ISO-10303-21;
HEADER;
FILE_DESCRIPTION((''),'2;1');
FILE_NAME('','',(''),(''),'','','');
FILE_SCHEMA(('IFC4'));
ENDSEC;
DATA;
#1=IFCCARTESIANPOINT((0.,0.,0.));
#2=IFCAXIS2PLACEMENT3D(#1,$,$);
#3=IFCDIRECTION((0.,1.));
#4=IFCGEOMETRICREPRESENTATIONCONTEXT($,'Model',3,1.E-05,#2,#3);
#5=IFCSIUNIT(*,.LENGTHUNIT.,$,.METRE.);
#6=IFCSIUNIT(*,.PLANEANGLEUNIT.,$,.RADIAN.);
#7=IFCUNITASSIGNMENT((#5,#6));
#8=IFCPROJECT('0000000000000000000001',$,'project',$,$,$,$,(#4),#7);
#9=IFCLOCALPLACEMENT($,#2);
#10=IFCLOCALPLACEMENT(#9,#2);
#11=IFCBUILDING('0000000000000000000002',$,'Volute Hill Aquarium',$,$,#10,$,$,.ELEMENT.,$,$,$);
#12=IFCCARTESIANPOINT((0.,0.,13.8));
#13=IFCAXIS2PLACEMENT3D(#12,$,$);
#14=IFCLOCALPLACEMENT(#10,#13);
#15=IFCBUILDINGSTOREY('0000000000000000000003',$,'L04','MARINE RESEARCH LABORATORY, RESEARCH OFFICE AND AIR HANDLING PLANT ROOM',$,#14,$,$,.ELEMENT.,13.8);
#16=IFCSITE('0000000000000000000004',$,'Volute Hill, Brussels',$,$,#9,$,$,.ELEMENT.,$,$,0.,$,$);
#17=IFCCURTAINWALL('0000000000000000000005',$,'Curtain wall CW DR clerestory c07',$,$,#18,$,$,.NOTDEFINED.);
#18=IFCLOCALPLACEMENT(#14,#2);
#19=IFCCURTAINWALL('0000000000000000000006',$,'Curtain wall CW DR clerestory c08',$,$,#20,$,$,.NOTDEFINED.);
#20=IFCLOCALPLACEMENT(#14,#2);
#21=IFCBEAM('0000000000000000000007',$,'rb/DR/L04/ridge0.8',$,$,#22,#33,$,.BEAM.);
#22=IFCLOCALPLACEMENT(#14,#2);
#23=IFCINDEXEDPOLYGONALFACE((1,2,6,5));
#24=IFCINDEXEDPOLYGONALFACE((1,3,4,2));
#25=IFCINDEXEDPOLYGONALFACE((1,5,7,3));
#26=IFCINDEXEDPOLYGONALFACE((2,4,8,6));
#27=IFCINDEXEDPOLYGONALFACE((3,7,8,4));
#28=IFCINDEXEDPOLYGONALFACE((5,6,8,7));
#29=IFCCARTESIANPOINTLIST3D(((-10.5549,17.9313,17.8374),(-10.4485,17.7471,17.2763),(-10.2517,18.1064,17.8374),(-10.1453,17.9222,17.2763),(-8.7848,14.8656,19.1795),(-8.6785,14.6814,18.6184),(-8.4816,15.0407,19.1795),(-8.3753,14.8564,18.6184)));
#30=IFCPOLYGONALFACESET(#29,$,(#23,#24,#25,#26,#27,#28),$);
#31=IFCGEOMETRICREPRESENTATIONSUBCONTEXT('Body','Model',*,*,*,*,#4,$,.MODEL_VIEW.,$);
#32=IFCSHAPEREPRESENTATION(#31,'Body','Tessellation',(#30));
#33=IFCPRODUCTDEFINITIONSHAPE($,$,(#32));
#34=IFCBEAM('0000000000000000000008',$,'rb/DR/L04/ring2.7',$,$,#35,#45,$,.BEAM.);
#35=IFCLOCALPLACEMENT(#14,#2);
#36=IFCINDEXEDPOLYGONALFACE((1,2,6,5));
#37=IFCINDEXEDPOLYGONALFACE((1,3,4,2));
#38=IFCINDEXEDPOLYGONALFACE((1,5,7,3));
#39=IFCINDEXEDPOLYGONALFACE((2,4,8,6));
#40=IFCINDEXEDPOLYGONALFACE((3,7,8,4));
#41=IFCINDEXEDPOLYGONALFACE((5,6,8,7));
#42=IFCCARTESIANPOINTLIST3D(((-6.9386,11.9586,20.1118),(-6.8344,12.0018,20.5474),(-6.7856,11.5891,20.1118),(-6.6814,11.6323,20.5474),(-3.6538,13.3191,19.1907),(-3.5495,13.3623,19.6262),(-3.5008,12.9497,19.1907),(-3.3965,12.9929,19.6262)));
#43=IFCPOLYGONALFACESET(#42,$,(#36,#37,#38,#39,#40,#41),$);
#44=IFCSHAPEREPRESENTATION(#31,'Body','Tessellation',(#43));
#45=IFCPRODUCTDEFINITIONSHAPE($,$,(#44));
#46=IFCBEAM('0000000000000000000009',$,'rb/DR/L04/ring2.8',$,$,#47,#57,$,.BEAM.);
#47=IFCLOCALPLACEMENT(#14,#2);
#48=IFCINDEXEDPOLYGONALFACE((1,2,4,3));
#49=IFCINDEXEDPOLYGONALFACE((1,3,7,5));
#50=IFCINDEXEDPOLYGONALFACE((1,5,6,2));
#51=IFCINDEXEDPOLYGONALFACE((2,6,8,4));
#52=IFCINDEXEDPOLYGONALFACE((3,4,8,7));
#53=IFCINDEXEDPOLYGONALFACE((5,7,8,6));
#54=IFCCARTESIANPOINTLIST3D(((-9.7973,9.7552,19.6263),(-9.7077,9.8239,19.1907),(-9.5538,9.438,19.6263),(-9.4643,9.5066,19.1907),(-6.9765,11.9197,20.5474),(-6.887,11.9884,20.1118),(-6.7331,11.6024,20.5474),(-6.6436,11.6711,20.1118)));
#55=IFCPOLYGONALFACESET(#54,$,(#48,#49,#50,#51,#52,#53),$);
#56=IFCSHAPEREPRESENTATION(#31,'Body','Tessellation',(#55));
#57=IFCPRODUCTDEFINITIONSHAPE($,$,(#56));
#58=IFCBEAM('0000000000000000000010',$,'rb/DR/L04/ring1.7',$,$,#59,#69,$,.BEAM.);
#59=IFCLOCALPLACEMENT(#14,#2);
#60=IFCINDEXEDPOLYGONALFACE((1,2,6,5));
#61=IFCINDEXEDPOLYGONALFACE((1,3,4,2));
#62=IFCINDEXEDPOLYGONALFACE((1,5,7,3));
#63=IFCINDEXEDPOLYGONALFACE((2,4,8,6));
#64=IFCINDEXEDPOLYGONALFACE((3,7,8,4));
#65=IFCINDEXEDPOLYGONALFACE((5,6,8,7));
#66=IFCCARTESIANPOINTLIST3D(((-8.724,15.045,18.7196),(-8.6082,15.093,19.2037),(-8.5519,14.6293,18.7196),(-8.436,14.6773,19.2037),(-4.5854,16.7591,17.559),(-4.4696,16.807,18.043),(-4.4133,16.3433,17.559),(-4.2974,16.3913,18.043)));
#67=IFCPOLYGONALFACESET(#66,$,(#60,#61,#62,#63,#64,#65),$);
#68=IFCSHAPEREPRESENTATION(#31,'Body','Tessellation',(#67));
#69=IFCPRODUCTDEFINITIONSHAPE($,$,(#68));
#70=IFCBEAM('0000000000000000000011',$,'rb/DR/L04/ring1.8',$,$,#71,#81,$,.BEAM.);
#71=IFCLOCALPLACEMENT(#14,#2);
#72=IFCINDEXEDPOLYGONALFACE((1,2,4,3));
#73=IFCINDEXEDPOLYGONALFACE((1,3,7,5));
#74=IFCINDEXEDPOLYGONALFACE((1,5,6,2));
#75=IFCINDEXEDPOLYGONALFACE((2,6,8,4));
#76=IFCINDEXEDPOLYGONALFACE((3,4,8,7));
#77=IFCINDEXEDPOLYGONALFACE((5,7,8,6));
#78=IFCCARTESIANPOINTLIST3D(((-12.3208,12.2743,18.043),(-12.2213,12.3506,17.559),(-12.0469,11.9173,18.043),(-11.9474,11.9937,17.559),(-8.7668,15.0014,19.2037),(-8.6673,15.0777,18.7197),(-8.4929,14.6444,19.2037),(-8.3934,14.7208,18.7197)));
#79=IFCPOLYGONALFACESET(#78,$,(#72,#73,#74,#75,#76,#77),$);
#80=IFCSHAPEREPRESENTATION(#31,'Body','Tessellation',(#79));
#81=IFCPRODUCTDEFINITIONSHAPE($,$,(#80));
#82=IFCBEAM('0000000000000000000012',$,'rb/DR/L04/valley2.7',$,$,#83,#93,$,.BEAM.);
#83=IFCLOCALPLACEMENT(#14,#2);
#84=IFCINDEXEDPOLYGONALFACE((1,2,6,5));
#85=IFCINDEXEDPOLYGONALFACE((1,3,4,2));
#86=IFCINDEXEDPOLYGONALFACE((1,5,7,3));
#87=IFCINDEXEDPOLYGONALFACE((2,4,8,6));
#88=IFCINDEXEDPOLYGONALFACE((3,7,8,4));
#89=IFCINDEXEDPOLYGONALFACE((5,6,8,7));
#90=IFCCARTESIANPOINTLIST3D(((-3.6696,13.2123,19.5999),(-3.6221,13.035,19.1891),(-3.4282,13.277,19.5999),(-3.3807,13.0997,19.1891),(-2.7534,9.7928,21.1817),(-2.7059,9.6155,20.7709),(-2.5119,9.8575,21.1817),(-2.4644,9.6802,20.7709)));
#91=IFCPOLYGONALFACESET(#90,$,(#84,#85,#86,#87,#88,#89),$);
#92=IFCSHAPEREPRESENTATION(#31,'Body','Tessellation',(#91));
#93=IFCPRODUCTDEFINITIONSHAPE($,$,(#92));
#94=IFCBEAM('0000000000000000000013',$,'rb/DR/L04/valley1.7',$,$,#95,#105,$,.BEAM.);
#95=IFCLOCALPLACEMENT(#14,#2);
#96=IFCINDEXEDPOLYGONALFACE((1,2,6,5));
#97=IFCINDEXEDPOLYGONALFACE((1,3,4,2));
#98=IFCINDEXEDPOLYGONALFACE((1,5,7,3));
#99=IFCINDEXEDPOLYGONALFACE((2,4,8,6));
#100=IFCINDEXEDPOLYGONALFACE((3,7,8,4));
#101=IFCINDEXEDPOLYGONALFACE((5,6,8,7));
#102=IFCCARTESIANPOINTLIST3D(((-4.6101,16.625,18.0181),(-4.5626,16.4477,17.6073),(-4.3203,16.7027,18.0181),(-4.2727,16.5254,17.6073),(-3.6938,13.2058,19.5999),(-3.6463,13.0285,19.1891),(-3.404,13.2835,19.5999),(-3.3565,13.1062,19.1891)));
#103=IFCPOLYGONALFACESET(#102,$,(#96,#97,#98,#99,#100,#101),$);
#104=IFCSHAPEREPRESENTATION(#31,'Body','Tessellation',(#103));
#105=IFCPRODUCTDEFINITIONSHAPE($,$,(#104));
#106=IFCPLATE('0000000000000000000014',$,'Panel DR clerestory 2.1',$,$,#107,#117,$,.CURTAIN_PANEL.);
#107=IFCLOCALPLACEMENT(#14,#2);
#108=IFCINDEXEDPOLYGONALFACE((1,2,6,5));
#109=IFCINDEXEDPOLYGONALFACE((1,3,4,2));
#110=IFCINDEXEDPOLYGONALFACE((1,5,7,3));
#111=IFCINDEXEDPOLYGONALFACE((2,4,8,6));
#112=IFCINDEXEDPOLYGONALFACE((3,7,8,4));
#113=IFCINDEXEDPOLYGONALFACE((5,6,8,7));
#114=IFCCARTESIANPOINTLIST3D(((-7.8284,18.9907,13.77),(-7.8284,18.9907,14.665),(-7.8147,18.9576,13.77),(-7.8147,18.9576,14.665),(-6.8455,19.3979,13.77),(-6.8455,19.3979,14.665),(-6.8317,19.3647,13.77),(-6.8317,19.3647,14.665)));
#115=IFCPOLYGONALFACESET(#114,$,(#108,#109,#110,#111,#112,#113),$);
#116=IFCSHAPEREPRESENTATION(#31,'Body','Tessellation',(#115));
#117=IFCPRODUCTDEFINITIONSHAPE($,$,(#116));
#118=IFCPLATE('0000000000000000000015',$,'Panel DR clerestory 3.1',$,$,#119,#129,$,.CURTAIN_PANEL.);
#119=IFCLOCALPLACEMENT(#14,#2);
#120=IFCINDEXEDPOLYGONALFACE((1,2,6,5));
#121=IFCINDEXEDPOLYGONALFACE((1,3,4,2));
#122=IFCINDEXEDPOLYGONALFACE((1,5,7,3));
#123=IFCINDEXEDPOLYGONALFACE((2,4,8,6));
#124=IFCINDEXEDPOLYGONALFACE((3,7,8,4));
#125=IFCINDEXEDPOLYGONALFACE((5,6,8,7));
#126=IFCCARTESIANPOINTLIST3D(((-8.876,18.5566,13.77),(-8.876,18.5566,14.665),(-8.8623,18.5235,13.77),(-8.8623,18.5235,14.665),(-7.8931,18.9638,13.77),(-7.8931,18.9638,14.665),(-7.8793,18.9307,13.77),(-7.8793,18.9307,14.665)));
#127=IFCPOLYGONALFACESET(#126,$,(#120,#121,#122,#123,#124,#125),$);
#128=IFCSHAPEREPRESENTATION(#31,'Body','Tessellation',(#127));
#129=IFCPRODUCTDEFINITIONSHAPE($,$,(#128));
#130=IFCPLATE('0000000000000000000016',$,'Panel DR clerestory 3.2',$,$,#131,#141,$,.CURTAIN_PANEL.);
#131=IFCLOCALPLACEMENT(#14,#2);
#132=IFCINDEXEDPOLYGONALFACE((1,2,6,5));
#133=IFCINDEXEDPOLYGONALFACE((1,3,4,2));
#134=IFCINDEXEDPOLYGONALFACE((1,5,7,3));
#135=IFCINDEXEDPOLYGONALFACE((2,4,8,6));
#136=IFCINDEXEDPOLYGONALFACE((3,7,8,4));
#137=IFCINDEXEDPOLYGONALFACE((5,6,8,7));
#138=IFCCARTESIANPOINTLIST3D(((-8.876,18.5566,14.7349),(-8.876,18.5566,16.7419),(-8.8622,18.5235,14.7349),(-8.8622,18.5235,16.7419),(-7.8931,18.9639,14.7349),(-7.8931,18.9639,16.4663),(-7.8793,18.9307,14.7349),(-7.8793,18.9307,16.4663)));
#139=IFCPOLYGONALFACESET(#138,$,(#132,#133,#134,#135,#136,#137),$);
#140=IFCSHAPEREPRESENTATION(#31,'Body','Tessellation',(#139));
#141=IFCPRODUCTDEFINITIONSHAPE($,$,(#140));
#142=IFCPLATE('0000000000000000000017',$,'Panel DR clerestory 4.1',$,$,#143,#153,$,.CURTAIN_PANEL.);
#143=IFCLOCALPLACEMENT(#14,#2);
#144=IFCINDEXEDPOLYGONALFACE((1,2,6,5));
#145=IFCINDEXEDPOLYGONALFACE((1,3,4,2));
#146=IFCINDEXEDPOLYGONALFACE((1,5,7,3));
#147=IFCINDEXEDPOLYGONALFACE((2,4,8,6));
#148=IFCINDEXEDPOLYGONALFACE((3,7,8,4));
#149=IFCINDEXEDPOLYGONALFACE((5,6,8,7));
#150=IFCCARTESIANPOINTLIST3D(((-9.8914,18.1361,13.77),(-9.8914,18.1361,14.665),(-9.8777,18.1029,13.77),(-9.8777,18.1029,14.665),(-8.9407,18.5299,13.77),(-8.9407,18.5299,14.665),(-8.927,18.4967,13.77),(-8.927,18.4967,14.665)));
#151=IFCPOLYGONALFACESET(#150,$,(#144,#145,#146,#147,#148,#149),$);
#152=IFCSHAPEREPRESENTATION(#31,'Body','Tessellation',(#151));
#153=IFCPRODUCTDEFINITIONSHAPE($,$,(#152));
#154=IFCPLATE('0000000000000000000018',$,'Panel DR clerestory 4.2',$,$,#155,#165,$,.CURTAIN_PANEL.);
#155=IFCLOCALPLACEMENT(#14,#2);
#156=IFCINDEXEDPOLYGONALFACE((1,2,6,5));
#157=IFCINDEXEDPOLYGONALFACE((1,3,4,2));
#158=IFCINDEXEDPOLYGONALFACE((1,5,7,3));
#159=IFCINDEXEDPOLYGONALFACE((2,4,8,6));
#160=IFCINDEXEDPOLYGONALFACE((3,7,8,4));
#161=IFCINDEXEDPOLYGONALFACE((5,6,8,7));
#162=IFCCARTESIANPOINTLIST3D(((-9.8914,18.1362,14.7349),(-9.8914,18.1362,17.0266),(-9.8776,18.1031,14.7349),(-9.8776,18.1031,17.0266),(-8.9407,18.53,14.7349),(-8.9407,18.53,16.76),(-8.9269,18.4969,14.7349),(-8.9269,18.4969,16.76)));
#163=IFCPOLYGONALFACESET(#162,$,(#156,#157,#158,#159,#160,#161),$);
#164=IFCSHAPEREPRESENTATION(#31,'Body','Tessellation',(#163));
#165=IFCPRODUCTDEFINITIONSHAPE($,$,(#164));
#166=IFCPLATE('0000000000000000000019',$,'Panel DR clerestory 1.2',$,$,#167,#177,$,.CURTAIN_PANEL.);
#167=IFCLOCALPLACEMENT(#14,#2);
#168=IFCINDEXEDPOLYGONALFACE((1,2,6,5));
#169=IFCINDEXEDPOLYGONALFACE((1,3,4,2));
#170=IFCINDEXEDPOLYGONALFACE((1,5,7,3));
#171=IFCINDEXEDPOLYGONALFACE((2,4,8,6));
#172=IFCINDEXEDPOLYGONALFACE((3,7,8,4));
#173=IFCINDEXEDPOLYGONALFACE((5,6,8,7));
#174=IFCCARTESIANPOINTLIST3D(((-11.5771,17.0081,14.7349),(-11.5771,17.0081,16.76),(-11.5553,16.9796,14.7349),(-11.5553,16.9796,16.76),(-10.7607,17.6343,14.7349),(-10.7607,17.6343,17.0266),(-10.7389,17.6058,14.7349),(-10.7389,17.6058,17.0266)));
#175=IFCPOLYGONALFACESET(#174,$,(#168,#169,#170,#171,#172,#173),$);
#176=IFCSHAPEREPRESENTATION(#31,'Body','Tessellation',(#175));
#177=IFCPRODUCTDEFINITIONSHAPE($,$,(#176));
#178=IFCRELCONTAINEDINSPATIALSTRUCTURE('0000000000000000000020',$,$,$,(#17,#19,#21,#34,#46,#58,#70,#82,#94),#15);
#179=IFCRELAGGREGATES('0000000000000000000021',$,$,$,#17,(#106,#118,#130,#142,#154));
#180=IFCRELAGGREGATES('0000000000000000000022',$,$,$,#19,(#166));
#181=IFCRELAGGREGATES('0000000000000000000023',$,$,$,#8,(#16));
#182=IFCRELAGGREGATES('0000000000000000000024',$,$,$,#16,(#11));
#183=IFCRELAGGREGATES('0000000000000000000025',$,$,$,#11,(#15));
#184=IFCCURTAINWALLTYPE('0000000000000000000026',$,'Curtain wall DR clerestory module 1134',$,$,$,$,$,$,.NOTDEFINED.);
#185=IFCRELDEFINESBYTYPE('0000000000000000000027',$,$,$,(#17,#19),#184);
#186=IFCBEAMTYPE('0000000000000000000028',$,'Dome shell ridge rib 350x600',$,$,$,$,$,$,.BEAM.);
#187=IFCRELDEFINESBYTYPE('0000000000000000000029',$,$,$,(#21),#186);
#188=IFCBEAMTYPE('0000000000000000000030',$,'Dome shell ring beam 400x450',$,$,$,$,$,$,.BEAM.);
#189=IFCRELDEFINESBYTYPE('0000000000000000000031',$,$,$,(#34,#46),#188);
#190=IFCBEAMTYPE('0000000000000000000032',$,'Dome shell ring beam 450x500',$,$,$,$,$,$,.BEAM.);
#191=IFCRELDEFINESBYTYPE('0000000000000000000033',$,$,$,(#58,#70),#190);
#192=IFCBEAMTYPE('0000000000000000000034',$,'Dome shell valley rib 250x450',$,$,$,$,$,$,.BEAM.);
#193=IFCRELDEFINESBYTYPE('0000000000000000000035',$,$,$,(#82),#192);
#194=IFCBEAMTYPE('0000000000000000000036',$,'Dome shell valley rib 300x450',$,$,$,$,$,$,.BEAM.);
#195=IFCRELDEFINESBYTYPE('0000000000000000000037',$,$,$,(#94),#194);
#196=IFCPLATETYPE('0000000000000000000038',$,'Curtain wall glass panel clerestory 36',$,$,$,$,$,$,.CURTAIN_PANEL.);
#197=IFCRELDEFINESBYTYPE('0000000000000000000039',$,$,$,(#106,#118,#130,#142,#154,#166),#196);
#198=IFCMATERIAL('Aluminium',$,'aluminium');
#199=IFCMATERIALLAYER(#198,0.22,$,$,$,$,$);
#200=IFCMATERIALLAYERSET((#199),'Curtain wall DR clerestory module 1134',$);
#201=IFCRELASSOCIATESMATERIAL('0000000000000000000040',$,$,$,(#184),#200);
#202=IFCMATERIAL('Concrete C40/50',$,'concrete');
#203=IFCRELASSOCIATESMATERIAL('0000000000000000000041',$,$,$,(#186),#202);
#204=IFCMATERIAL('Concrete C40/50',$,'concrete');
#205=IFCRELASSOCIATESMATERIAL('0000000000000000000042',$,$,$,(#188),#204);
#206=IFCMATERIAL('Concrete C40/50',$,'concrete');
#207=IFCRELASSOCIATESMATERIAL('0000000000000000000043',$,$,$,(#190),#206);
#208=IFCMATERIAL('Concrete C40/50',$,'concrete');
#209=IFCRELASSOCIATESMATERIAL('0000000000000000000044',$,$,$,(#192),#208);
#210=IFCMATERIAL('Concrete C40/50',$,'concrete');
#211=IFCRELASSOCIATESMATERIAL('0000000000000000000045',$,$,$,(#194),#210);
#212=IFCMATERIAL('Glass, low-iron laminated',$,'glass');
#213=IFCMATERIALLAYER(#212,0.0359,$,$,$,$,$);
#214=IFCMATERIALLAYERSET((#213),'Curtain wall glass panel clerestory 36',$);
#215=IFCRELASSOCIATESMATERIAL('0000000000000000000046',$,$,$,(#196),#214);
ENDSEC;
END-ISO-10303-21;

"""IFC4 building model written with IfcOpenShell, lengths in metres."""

from ifc_helpers import new_model, si_unit, direction, frame, origin, origin_2d, place, context, subcontext, project, spatial, polyline, rectangle, outline, extrude, material, layer, layer_set, material_profile, profile_set, type_object, element, aggregate, save


model = new_model("IFC4")

# Units and contexts
model_context = context("Model", 3, precision=1e-05, world=origin(), true_north=direction((0.0, 1.0)))
body_context = subcontext(model_context, "Body", "Model", "MODEL_VIEW")
ifc_project = project(units=[si_unit("LENGTHUNIT", "METRE"), si_unit("PLANEANGLEUNIT", "RADIAN")], contexts=[model_context])

# Site, building, storey
site_placement = place(None, origin())
site = spatial("IfcSite", under=ifc_project, at=site_placement, Name="Volute Hill, Brussels", CompositionType="ELEMENT", RefElevation=0.0)
building_placement = place(site_placement, origin())
building = spatial("IfcBuilding", under=site, at=building_placement, Name="Volute Hill Aquarium", CompositionType="ELEMENT")
storey_placement = place(building_placement, frame((0.0, 0.0, 13.8)))
storey = spatial("IfcBuildingStorey", under=building, at=storey_placement, Name="L04", Description="MARINE RESEARCH LABORATORY, RESEARCH OFFICE AND AIR HANDLING PLANT ROOM", CompositionType="ELEMENT", Elevation=13.8)

# Curtain walls
ifc_material_1 = material(Name="Aluminium", Category="aluminium")
ifc_layer_1 = layer(ifc_material_1, 0.22)
ifc_layer_set_1 = layer_set([ifc_layer_1], Name="Curtain wall DR clerestory module 1134")
curtain_wall_type = type_object("IfcCurtainWallType", Name="Curtain wall DR clerestory module 1134", PredefinedType="NOTDEFINED", material=ifc_layer_set_1)
curtain_wall_1_placement = place(storey_placement, origin())
curtain_wall_1 = element("IfcCurtainWall", 1, at=curtain_wall_1_placement, inside=storey, type_object=curtain_wall_type, Name="Curtain wall CW DR clerestory c07", PredefinedType="NOTDEFINED")
curtain_wall_2_placement = place(storey_placement, origin())
curtain_wall_2 = element("IfcCurtainWall", 2, at=curtain_wall_2_placement, inside=storey, type_object=curtain_wall_type, Name="Curtain wall CW DR clerestory c08", PredefinedType="NOTDEFINED")

# Beams
ifc_material_2 = material(Name="Concrete C40/50", Category="concrete")
ifc_material_profile_1 = material_profile(ifc_material_2, rectangle(XDim=0.3501, YDim=0.6001, at=origin_2d()), Name="RC rib 350x600")
ifc_profile_set_1 = profile_set([ifc_material_profile_1], Name="Concrete C40/50")
beam_type_1 = type_object("IfcBeamType", Name="Dome shell ridge rib 350x600", PredefinedType="BEAM", material=ifc_profile_set_1)
beam_1_placement = place(storey_placement, frame((-10.3501, 17.9268, 17.5569), z_axis=(0.46754, -0.809779, 0.354492), x_axis=(0.866019, 0.500011, 0.0)))
element("IfcBeam", 3, at=beam_1_placement, inside=storey, type_object=beam_type_1, Name="rb/DR/L04/ridge0.8", PredefinedType="BEAM", context=body_context, shape_type="SweptSolid", body=[
    extrude(rectangle(XDim=0.3501, YDim=0.6001, at=origin_2d()), origin(), (0.0, 0.0, 1.0), 3.7859),
])
ifc_material_3 = material(Name="Concrete C40/50", Category="concrete")
ifc_material_profile_2 = material_profile(ifc_material_3, rectangle(XDim=0.3999, YDim=0.45, at=origin_2d()), Name="RC beam 400x450")
ifc_profile_set_2 = profile_set([ifc_material_profile_2], Name="Concrete C40/50")
beam_type_2 = type_object("IfcBeamType", Name="Dome shell ring beam 400x450", PredefinedType="BEAM", material=ifc_profile_set_2)
for number, where, z_axis, x_axis, name in (
    (4, (-3.5251, 13.156, 19.4084), (-0.894359, -0.370439, 0.250793), (0.382669, -0.923885, 0.0), "rb/DR/L04/ring2.7"),
    (5, (-6.8101, 11.7954, 20.3296), (-0.767989, -0.589319, -0.25079), (0.608775, -0.793343, 0.0), "rb/DR/L04/ring2.8"),
):
    element("IfcBeam", number, at=place(storey_placement, frame(where, z_axis=z_axis, x_axis=x_axis)), inside=storey, type_object=beam_type_2, Name=name, PredefinedType="BEAM", context=body_context, shape_type="SweptSolid", body=[
        extrude(rectangle(XDim=0.3999, YDim=0.45, at=origin_2d()), origin(), (0.0, 0.0, 1.0), 3.6729),
    ])
ifc_material_4 = material(Name="Concrete C40/50", Category="concrete")
ifc_material_profile_3 = material_profile(ifc_material_4, rectangle(XDim=0.45, YDim=0.5, at=origin_2d()), Name="RC beam 450x500")
ifc_profile_set_3 = profile_set([ifc_material_profile_3], Name="Concrete C40/50")
beam_type_3 = type_object("IfcBeamType", Name="Dome shell ring beam 450x500", PredefinedType="BEAM", material=ifc_profile_set_3)
beam_2_placement = place(storey_placement, frame((-4.4414, 16.5752, 17.801), z_axis=(-0.894362, -0.370417, 0.250814), x_axis=(0.382649, -0.923894, 0.0)))
element("IfcBeam", 6, at=beam_2_placement, inside=storey, type_object=beam_type_3, Name="rb/DR/L04/ring1.7", PredefinedType="BEAM", context=body_context, shape_type="SweptSolid", body=[
    extrude(rectangle(XDim=0.45, YDim=0.5, at=origin_2d()), origin(), (0.0, 0.0, 1.0), 4.6274),
])
beam_3_placement = place(storey_placement, frame((-8.5801, 14.8611, 18.9617), z_axis=(-0.767994, -0.589304, -0.25081), x_axis=(0.608762, -0.793353, 0.0)))
element("IfcBeam", 7, at=beam_3_placement, inside=storey, type_object=beam_type_3, Name="rb/DR/L04/ring1.8", PredefinedType="BEAM", context=body_context, shape_type="SweptSolid", body=[
    extrude(rectangle(XDim=0.45, YDim=0.5, at=origin_2d()), origin(), (0.0, 0.0, 1.0), 4.6277),
])
ifc_material_5 = material(Name="Concrete C40/50", Category="concrete")
ifc_material_profile_4 = material_profile(ifc_material_5, rectangle(XDim=0.25, YDim=0.45, at=origin_2d()), Name="RC rib 250x450")
ifc_profile_set_4 = profile_set([ifc_material_profile_4], Name="Concrete C40/50")
beam_type_4 = type_object("IfcBeamType", Name="Dome shell valley rib 250x450", PredefinedType="BEAM", material=ifc_profile_set_4)
beam_4_placement = place(storey_placement, frame((-3.5251, 13.156, 19.3945), z_axis=(0.236309, -0.881892, 0.407952), x_axis=(0.965924, 0.258826, 0.0)))
element("IfcBeam", 8, at=beam_4_placement, inside=storey, type_object=beam_type_4, Name="rb/DR/L04/valley2.7", PredefinedType="BEAM", context=body_context, shape_type="SweptSolid", body=[
    extrude(rectangle(XDim=0.25, YDim=0.45, at=origin_2d()), origin(), (0.0, 0.0, 1.0), 3.8774),
])
ifc_material_6 = material(Name="Concrete C40/50", Category="concrete")
ifc_material_profile_5 = material_profile(ifc_material_6, rectangle(XDim=0.3, YDim=0.45, at=origin_2d()), Name="RC rib 300x450")
ifc_profile_set_5 = profile_set([ifc_material_profile_5], Name="Concrete C40/50")
beam_type_5 = type_object("IfcBeamType", Name="Dome shell valley rib 300x450", PredefinedType="BEAM", material=ifc_profile_set_5)
beam_5_placement = place(storey_placement, frame((-4.4414, 16.5752, 17.8127), z_axis=(0.236322, -0.881878, 0.407975), x_axis=(0.965919, 0.258843, 0.0)))
element("IfcBeam", 9, at=beam_5_placement, inside=storey, type_object=beam_type_5, Name="rb/DR/L04/valley1.7", PredefinedType="BEAM", context=body_context, shape_type="SweptSolid", body=[
    extrude(rectangle(XDim=0.3, YDim=0.45, at=origin_2d()), origin(), (0.0, 0.0, 1.0), 3.8772),
])

# Plates
ifc_material_7 = material(Name="Glass, low-iron laminated", Category="glass")
ifc_layer_2 = layer(ifc_material_7, 0.0359)
ifc_layer_set_2 = layer_set([ifc_layer_2], Name="Curtain wall glass panel clerestory 36")
plate_type = type_object("IfcPlateType", Name="Curtain wall glass panel clerestory 36", PredefinedType="CURTAIN_PANEL", material=ifc_layer_set_2)
plate_1_placement = place(storey_placement, frame((-7.3301, 19.1777, 13.77), z_axis=(0.0, 0.0, 1.0), x_axis=(-0.923874, -0.382696, 0.0)))
plate_1 = element("IfcPlate", 10, at=plate_1_placement, type_object=plate_type, Name="Panel DR clerestory 2.1", PredefinedType="CURTAIN_PANEL", context=body_context, shape_type="SweptSolid", body=[
    extrude(rectangle(XDim=1.064, YDim=0.0359, at=origin_2d()), origin(), (0.0, 0.0, 1.0), 0.895),
])
plate_2_placement = place(storey_placement, frame((-8.3777, 18.7437, 13.77), z_axis=(0.0, 0.0, 1.0), x_axis=(-0.923874, -0.382696, 0.0)))
plate_2 = element("IfcPlate", 11, at=plate_2_placement, type_object=plate_type, Name="Panel DR clerestory 3.1", PredefinedType="CURTAIN_PANEL", context=body_context, shape_type="SweptSolid", body=[
    extrude(rectangle(XDim=1.064, YDim=0.0359, at=origin_2d()), origin(), (0.0, 0.0, 1.0), 0.895),
])
plate_3_placement = place(storey_placement, frame((-7.8931, 18.9639, 14.7349), z_axis=(-0.382757, 0.923849, 0.0), x_axis=(-0.923849, -0.382757, 0.0)))
plate_3 = element("IfcPlate", 12, at=plate_3_placement, type_object=plate_type, Name="Panel DR clerestory 3.2", PredefinedType="CURTAIN_PANEL", context=body_context, shape_type="SweptSolid", body=[
    extrude(outline(polyline([(0.0, 0.0), (1.0639, 0.0), (1.0639, 2.0071), (0.0, 1.7314), (0.0, 0.0)])), origin(), (0.0, 0.0, -1.0), 0.0359),
])
plate_4_placement = place(storey_placement, frame((-9.4092, 18.3164, 13.77), z_axis=(0.0, 0.0, 1.0), x_axis=(-0.923874, -0.382696, 0.0)))
plate_4 = element("IfcPlate", 13, at=plate_4_placement, type_object=plate_type, Name="Panel DR clerestory 4.1", PredefinedType="CURTAIN_PANEL", context=body_context, shape_type="SweptSolid", body=[
    extrude(rectangle(XDim=1.0291, YDim=0.0359, at=origin_2d()), origin(), (0.0, 0.0, 1.0), 0.895),
])
plate_5_placement = place(storey_placement, frame((-8.9407, 18.53, 14.7349), z_axis=(-0.382694, 0.923875, 0.0), x_axis=(-0.923875, -0.382694, 0.0)))
plate_5 = element("IfcPlate", 14, at=plate_5_placement, type_object=plate_type, Name="Panel DR clerestory 4.2", PredefinedType="CURTAIN_PANEL", context=body_context, shape_type="SweptSolid", body=[
    extrude(outline(polyline([(0.0, 0.0), (1.029, 0.0), (1.029, 2.2917), (0.0, 2.0251), (0.0, 0.0)])), origin(), (0.0, 0.0, -1.0), 0.0359),
])
aggregate(curtain_wall_1, [plate_1, plate_2, plate_3, plate_4, plate_5])
plate_6_placement = place(storey_placement, frame((-10.7607, 17.6343, 14.7349), z_axis=(-0.608621, 0.793461, 0.0), x_axis=(-0.793461, -0.608621, 0.0)))
plate_6 = element("IfcPlate", 15, at=plate_6_placement, type_object=plate_type, Name="Panel DR clerestory 1.2", PredefinedType="CURTAIN_PANEL", context=body_context, shape_type="SweptSolid", body=[
    extrude(outline(polyline([(0.0, 0.0), (1.0289, 0.0), (1.0289, 2.0251), (0.0, 2.2917), (0.0, 0.0)])), origin(), (0.0, 0.0, -1.0), 0.0359),
])
aggregate(curtain_wall_2, [plate_6])

save(model, "model.ifc")
